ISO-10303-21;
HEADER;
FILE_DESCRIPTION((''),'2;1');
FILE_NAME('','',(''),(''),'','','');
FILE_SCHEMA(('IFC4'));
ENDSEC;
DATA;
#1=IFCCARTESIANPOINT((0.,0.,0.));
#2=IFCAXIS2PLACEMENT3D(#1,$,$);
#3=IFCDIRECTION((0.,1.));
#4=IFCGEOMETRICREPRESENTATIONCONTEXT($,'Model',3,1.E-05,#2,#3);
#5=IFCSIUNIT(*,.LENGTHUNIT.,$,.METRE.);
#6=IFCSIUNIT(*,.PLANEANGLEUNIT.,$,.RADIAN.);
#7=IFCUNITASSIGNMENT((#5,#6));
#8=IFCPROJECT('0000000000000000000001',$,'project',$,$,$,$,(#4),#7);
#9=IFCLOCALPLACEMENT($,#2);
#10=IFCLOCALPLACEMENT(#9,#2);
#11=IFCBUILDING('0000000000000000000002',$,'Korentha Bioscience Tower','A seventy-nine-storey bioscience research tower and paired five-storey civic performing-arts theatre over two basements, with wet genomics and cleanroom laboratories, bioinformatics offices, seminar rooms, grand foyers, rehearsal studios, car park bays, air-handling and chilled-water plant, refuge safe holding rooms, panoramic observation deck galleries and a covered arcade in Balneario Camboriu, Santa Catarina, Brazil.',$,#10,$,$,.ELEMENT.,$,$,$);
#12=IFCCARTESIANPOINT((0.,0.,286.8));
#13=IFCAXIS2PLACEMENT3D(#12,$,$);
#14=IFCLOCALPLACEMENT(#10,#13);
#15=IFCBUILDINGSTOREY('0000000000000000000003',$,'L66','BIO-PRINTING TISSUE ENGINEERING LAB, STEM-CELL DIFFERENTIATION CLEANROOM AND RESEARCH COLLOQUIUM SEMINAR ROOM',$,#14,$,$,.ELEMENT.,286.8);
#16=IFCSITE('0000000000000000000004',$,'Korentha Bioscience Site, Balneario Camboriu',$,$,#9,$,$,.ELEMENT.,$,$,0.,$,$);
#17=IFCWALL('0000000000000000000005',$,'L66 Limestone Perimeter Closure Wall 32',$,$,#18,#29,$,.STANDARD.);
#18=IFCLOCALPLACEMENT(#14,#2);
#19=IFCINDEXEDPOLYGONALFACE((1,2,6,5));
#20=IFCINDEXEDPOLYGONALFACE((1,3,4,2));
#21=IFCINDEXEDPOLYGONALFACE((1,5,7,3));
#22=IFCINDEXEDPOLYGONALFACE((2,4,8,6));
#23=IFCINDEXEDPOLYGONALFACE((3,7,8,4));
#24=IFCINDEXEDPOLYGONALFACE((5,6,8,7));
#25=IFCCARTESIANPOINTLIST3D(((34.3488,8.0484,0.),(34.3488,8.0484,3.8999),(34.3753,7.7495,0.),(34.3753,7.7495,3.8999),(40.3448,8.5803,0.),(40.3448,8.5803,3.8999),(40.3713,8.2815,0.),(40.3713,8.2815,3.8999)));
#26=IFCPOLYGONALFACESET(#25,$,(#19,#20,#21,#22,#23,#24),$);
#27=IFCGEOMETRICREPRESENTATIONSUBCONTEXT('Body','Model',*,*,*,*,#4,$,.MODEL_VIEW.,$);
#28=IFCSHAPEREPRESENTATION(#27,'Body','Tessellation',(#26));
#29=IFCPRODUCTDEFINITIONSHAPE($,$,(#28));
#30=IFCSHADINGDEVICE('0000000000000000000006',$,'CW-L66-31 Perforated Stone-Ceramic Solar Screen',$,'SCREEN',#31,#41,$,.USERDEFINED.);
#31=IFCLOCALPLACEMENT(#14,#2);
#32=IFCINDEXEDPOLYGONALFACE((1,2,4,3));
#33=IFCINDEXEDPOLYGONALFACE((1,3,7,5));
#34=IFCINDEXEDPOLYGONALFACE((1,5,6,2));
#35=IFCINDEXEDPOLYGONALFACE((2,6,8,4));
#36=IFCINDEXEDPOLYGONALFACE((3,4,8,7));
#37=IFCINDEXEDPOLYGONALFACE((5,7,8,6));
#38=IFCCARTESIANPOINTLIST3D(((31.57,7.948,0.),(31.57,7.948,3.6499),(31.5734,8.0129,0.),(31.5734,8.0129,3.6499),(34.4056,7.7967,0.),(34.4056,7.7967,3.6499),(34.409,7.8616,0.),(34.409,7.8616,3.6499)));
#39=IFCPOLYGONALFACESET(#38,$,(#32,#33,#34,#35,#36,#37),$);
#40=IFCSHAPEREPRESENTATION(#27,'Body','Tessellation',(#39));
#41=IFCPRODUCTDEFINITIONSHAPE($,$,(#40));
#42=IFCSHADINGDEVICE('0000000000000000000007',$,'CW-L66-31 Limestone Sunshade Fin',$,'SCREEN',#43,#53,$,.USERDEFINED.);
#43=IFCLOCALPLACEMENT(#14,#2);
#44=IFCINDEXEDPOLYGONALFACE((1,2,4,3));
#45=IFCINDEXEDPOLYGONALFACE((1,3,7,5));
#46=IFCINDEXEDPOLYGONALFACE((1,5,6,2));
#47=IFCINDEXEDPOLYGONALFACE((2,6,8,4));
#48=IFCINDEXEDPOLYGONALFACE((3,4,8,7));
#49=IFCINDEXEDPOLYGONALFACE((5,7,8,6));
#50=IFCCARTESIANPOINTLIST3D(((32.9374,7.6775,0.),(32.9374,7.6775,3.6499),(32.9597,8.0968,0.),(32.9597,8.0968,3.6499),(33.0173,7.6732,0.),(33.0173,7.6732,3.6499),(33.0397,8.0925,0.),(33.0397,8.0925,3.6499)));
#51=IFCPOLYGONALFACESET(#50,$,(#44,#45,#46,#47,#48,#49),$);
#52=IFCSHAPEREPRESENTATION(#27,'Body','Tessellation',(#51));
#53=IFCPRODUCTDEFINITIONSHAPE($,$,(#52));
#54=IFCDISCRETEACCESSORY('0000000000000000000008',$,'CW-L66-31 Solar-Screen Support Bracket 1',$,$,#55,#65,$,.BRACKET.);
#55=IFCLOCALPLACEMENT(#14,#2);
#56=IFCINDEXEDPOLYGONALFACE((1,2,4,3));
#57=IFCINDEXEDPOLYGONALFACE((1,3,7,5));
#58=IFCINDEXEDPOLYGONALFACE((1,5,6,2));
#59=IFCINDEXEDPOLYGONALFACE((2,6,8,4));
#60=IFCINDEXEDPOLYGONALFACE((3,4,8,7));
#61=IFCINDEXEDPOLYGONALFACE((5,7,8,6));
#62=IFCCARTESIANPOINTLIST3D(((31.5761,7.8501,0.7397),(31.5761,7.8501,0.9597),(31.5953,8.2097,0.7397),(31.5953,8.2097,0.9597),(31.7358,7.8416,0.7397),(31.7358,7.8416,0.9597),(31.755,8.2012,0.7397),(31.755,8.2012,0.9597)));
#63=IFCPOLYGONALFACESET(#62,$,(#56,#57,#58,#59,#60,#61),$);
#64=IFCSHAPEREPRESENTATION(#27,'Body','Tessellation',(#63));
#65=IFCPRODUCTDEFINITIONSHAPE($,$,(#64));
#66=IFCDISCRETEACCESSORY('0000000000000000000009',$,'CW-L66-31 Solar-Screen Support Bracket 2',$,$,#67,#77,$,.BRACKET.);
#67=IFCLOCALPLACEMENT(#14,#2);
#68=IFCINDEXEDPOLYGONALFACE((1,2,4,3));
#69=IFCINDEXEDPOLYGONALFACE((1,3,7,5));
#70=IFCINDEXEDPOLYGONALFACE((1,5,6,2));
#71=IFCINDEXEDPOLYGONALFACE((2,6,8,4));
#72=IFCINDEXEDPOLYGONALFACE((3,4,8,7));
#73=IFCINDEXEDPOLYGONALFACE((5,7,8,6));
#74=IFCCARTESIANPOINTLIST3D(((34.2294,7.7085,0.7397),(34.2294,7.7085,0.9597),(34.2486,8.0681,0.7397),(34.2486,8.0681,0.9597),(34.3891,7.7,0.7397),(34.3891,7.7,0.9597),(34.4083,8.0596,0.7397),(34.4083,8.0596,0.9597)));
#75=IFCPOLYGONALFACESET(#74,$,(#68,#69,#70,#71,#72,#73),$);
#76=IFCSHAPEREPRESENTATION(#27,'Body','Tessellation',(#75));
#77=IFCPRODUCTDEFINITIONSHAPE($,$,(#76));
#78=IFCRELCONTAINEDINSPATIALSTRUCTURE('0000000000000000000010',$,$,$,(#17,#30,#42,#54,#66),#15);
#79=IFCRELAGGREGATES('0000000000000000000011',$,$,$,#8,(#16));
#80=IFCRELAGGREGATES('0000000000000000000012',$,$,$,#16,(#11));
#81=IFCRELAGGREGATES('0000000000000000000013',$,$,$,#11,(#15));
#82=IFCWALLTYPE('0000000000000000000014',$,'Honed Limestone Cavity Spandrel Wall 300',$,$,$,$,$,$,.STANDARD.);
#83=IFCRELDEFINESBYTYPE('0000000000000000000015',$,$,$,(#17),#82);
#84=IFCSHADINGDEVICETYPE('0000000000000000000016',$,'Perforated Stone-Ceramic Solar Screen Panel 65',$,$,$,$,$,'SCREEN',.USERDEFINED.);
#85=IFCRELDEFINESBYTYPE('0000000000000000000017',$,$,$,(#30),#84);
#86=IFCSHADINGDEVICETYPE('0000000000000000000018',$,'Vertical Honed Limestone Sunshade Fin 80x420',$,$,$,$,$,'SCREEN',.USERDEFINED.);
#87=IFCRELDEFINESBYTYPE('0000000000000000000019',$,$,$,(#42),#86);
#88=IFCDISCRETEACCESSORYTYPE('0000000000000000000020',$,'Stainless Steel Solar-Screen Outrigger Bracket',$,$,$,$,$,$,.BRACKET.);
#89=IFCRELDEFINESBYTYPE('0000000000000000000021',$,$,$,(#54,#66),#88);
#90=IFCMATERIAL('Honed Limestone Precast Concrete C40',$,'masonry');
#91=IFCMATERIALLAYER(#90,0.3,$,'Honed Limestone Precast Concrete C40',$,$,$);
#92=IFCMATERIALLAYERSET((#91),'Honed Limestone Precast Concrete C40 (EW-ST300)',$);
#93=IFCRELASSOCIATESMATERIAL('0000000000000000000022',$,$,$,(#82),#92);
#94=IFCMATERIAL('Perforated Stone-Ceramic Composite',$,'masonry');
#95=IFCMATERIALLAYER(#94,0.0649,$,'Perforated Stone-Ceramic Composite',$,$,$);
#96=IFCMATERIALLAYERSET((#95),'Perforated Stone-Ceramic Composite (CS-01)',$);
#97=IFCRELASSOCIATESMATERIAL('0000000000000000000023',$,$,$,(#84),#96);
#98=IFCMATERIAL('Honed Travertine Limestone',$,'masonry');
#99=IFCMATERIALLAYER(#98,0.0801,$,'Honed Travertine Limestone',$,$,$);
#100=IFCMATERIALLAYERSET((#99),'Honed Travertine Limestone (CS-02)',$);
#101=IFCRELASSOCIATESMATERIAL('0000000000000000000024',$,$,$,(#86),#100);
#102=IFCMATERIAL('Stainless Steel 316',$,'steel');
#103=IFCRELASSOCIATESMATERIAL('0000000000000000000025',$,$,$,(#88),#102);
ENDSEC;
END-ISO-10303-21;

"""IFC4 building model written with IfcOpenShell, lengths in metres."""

from ifc_helpers import new_model, si_unit, direction, frame, frame_2d, origin, origin_2d, place, context, subcontext, project, spatial, rectangle, extrude, material, layer, layer_set, type_object, element, save


model = new_model("IFC4")

# Units and contexts
model_context = context("Model", 3, precision=1e-05, world=origin(), true_north=direction((0.0, 1.0)))
body_context = subcontext(model_context, "Body", "Model", "MODEL_VIEW")
ifc_project = project(units=[si_unit("LENGTHUNIT", "METRE"), si_unit("PLANEANGLEUNIT", "RADIAN")], contexts=[model_context])

# Site, building, storey
site_placement = place(None, origin())
site = spatial("IfcSite", under=ifc_project, at=site_placement, Name="Korentha Bioscience Site, Balneario Camboriu", CompositionType="ELEMENT", RefElevation=0.0)
building_placement = place(site_placement, origin())
building = spatial("IfcBuilding", under=site, at=building_placement, Name="Korentha Bioscience Tower", Description="A seventy-nine-storey bioscience research tower and paired five-storey civic performing-arts theatre over two basements, with wet genomics and cleanroom laboratories, bioinformatics offices, seminar rooms, grand foyers, rehearsal studios, car park bays, air-handling and chilled-water plant, refuge safe holding rooms, panoramic observation deck galleries and a covered arcade in Balneario Camboriu, Santa Catarina, Brazil.", CompositionType="ELEMENT")
storey_placement = place(building_placement, frame((0.0, 0.0, 286.8)))
storey = spatial("IfcBuildingStorey", under=building, at=storey_placement, Name="L66", Description="BIO-PRINTING TISSUE ENGINEERING LAB, STEM-CELL DIFFERENTIATION CLEANROOM AND RESEARCH COLLOQUIUM SEMINAR ROOM", CompositionType="ELEMENT", Elevation=286.8)

# Wall
ifc_material_1 = material(Name="Honed Limestone Precast Concrete C40", Category="masonry")
ifc_layer_1 = layer(ifc_material_1, 0.3, Name="Honed Limestone Precast Concrete C40")
ifc_layer_set_1 = layer_set([ifc_layer_1], Name="Honed Limestone Precast Concrete C40 (EW-ST300)")
wall_type_1 = type_object("IfcWallType", Name="Honed Limestone Cavity Spandrel Wall 300", PredefinedType="STANDARD", material=ifc_layer_set_1)
wall_1_placement = place(storey_placement, frame((34.3621, 7.8989, 0.0), z_axis=(0.0, 0.0, 1.0), x_axis=(0.996087, 0.088374, 0.0)))
element("IfcWall", 1, at=wall_1_placement, inside=storey, type_object=wall_type_1, Name="L66 Limestone Perimeter Closure Wall 32", PredefinedType="STANDARD", context=body_context, shape_type="SweptSolid", body=[
    extrude(rectangle(XDim=6.0195, YDim=0.3, at=frame_2d((3.0098, 0.0))), origin(), (0.0, 0.0, 1.0), 3.8999),
])

# Shading devices
ifc_material_2 = material(Name="Perforated Stone-Ceramic Composite", Category="masonry")
ifc_layer_2 = layer(ifc_material_2, 0.0649, Name="Perforated Stone-Ceramic Composite")
ifc_layer_set_2 = layer_set([ifc_layer_2], Name="Perforated Stone-Ceramic Composite (CS-01)")
shading_device_type_1 = type_object("IfcShadingDeviceType", Name="Perforated Stone-Ceramic Solar Screen Panel 65", ElementType="SCREEN", PredefinedType="USERDEFINED", material=ifc_layer_set_2)
shading_device_1_placement = place(storey_placement, frame((32.9895, 7.9048, 0.0), z_axis=(0.0, 0.0, 1.0), x_axis=(0.998579, -0.053285, 0.0)))
element("IfcShadingDevice", 2, at=shading_device_1_placement, inside=storey, type_object=shading_device_type_1, Name="CW-L66-31 Perforated Stone-Ceramic Solar Screen", ObjectType="SCREEN", PredefinedType="USERDEFINED", context=body_context, shape_type="SweptSolid", body=[
    extrude(rectangle(XDim=2.8396, YDim=0.0649, at=origin_2d()), origin(), (0.0, 0.0, 1.0), 3.6499),
])
ifc_material_3 = material(Name="Honed Travertine Limestone", Category="masonry")
ifc_layer_3 = layer(ifc_material_3, 0.0801, Name="Honed Travertine Limestone")
ifc_layer_set_3 = layer_set([ifc_layer_3], Name="Honed Travertine Limestone (CS-02)")
shading_device_type_2 = type_object("IfcShadingDeviceType", Name="Vertical Honed Limestone Sunshade Fin 80x420", ElementType="SCREEN", PredefinedType="USERDEFINED", material=ifc_layer_set_3)
shading_device_2_placement = place(storey_placement, frame((32.9885, 7.885, 0.0), z_axis=(0.0, 0.0, 1.0), x_axis=(0.998579, -0.053285, 0.0)))
element("IfcShadingDevice", 3, at=shading_device_2_placement, inside=storey, type_object=shading_device_type_2, Name="CW-L66-31 Limestone Sunshade Fin", ObjectType="SCREEN", PredefinedType="USERDEFINED", context=body_context, shape_type="SweptSolid", body=[
    extrude(rectangle(XDim=0.0801, YDim=0.4199, at=origin_2d()), origin(), (0.0, 0.0, 1.0), 3.6499),
])

# Discrete accessories
ifc_material_4 = material(Name="Stainless Steel 316", Category="steel")
discrete_accessory_type = type_object("IfcDiscreteAccessoryType", Name="Stainless Steel Solar-Screen Outrigger Bracket", PredefinedType="BRACKET", material=ifc_material_4)
for number, where, z_axis, x_axis, name in (
    (4, (31.6655, 8.0256, 0.7397), (0.0, 0.0, 1.0), (0.998579, -0.053285, 0.0), "CW-L66-31 Solar-Screen Support Bracket 1"),
    (5, (34.3188, 7.884, 0.7397), (0.0, 0.0, 1.0), (0.998579, -0.053285, 0.0), "CW-L66-31 Solar-Screen Support Bracket 2"),
):
    element("IfcDiscreteAccessory", number, at=place(storey_placement, frame(where, z_axis=z_axis, x_axis=x_axis)), inside=storey, type_object=discrete_accessory_type, Name=name, PredefinedType="BRACKET", context=body_context, shape_type="SweptSolid", body=[
        extrude(rectangle(XDim=0.1599, YDim=0.3601, at=origin_2d()), origin(), (0.0, 0.0, 1.0), 0.22),
    ])

save(model, "model.ifc")
